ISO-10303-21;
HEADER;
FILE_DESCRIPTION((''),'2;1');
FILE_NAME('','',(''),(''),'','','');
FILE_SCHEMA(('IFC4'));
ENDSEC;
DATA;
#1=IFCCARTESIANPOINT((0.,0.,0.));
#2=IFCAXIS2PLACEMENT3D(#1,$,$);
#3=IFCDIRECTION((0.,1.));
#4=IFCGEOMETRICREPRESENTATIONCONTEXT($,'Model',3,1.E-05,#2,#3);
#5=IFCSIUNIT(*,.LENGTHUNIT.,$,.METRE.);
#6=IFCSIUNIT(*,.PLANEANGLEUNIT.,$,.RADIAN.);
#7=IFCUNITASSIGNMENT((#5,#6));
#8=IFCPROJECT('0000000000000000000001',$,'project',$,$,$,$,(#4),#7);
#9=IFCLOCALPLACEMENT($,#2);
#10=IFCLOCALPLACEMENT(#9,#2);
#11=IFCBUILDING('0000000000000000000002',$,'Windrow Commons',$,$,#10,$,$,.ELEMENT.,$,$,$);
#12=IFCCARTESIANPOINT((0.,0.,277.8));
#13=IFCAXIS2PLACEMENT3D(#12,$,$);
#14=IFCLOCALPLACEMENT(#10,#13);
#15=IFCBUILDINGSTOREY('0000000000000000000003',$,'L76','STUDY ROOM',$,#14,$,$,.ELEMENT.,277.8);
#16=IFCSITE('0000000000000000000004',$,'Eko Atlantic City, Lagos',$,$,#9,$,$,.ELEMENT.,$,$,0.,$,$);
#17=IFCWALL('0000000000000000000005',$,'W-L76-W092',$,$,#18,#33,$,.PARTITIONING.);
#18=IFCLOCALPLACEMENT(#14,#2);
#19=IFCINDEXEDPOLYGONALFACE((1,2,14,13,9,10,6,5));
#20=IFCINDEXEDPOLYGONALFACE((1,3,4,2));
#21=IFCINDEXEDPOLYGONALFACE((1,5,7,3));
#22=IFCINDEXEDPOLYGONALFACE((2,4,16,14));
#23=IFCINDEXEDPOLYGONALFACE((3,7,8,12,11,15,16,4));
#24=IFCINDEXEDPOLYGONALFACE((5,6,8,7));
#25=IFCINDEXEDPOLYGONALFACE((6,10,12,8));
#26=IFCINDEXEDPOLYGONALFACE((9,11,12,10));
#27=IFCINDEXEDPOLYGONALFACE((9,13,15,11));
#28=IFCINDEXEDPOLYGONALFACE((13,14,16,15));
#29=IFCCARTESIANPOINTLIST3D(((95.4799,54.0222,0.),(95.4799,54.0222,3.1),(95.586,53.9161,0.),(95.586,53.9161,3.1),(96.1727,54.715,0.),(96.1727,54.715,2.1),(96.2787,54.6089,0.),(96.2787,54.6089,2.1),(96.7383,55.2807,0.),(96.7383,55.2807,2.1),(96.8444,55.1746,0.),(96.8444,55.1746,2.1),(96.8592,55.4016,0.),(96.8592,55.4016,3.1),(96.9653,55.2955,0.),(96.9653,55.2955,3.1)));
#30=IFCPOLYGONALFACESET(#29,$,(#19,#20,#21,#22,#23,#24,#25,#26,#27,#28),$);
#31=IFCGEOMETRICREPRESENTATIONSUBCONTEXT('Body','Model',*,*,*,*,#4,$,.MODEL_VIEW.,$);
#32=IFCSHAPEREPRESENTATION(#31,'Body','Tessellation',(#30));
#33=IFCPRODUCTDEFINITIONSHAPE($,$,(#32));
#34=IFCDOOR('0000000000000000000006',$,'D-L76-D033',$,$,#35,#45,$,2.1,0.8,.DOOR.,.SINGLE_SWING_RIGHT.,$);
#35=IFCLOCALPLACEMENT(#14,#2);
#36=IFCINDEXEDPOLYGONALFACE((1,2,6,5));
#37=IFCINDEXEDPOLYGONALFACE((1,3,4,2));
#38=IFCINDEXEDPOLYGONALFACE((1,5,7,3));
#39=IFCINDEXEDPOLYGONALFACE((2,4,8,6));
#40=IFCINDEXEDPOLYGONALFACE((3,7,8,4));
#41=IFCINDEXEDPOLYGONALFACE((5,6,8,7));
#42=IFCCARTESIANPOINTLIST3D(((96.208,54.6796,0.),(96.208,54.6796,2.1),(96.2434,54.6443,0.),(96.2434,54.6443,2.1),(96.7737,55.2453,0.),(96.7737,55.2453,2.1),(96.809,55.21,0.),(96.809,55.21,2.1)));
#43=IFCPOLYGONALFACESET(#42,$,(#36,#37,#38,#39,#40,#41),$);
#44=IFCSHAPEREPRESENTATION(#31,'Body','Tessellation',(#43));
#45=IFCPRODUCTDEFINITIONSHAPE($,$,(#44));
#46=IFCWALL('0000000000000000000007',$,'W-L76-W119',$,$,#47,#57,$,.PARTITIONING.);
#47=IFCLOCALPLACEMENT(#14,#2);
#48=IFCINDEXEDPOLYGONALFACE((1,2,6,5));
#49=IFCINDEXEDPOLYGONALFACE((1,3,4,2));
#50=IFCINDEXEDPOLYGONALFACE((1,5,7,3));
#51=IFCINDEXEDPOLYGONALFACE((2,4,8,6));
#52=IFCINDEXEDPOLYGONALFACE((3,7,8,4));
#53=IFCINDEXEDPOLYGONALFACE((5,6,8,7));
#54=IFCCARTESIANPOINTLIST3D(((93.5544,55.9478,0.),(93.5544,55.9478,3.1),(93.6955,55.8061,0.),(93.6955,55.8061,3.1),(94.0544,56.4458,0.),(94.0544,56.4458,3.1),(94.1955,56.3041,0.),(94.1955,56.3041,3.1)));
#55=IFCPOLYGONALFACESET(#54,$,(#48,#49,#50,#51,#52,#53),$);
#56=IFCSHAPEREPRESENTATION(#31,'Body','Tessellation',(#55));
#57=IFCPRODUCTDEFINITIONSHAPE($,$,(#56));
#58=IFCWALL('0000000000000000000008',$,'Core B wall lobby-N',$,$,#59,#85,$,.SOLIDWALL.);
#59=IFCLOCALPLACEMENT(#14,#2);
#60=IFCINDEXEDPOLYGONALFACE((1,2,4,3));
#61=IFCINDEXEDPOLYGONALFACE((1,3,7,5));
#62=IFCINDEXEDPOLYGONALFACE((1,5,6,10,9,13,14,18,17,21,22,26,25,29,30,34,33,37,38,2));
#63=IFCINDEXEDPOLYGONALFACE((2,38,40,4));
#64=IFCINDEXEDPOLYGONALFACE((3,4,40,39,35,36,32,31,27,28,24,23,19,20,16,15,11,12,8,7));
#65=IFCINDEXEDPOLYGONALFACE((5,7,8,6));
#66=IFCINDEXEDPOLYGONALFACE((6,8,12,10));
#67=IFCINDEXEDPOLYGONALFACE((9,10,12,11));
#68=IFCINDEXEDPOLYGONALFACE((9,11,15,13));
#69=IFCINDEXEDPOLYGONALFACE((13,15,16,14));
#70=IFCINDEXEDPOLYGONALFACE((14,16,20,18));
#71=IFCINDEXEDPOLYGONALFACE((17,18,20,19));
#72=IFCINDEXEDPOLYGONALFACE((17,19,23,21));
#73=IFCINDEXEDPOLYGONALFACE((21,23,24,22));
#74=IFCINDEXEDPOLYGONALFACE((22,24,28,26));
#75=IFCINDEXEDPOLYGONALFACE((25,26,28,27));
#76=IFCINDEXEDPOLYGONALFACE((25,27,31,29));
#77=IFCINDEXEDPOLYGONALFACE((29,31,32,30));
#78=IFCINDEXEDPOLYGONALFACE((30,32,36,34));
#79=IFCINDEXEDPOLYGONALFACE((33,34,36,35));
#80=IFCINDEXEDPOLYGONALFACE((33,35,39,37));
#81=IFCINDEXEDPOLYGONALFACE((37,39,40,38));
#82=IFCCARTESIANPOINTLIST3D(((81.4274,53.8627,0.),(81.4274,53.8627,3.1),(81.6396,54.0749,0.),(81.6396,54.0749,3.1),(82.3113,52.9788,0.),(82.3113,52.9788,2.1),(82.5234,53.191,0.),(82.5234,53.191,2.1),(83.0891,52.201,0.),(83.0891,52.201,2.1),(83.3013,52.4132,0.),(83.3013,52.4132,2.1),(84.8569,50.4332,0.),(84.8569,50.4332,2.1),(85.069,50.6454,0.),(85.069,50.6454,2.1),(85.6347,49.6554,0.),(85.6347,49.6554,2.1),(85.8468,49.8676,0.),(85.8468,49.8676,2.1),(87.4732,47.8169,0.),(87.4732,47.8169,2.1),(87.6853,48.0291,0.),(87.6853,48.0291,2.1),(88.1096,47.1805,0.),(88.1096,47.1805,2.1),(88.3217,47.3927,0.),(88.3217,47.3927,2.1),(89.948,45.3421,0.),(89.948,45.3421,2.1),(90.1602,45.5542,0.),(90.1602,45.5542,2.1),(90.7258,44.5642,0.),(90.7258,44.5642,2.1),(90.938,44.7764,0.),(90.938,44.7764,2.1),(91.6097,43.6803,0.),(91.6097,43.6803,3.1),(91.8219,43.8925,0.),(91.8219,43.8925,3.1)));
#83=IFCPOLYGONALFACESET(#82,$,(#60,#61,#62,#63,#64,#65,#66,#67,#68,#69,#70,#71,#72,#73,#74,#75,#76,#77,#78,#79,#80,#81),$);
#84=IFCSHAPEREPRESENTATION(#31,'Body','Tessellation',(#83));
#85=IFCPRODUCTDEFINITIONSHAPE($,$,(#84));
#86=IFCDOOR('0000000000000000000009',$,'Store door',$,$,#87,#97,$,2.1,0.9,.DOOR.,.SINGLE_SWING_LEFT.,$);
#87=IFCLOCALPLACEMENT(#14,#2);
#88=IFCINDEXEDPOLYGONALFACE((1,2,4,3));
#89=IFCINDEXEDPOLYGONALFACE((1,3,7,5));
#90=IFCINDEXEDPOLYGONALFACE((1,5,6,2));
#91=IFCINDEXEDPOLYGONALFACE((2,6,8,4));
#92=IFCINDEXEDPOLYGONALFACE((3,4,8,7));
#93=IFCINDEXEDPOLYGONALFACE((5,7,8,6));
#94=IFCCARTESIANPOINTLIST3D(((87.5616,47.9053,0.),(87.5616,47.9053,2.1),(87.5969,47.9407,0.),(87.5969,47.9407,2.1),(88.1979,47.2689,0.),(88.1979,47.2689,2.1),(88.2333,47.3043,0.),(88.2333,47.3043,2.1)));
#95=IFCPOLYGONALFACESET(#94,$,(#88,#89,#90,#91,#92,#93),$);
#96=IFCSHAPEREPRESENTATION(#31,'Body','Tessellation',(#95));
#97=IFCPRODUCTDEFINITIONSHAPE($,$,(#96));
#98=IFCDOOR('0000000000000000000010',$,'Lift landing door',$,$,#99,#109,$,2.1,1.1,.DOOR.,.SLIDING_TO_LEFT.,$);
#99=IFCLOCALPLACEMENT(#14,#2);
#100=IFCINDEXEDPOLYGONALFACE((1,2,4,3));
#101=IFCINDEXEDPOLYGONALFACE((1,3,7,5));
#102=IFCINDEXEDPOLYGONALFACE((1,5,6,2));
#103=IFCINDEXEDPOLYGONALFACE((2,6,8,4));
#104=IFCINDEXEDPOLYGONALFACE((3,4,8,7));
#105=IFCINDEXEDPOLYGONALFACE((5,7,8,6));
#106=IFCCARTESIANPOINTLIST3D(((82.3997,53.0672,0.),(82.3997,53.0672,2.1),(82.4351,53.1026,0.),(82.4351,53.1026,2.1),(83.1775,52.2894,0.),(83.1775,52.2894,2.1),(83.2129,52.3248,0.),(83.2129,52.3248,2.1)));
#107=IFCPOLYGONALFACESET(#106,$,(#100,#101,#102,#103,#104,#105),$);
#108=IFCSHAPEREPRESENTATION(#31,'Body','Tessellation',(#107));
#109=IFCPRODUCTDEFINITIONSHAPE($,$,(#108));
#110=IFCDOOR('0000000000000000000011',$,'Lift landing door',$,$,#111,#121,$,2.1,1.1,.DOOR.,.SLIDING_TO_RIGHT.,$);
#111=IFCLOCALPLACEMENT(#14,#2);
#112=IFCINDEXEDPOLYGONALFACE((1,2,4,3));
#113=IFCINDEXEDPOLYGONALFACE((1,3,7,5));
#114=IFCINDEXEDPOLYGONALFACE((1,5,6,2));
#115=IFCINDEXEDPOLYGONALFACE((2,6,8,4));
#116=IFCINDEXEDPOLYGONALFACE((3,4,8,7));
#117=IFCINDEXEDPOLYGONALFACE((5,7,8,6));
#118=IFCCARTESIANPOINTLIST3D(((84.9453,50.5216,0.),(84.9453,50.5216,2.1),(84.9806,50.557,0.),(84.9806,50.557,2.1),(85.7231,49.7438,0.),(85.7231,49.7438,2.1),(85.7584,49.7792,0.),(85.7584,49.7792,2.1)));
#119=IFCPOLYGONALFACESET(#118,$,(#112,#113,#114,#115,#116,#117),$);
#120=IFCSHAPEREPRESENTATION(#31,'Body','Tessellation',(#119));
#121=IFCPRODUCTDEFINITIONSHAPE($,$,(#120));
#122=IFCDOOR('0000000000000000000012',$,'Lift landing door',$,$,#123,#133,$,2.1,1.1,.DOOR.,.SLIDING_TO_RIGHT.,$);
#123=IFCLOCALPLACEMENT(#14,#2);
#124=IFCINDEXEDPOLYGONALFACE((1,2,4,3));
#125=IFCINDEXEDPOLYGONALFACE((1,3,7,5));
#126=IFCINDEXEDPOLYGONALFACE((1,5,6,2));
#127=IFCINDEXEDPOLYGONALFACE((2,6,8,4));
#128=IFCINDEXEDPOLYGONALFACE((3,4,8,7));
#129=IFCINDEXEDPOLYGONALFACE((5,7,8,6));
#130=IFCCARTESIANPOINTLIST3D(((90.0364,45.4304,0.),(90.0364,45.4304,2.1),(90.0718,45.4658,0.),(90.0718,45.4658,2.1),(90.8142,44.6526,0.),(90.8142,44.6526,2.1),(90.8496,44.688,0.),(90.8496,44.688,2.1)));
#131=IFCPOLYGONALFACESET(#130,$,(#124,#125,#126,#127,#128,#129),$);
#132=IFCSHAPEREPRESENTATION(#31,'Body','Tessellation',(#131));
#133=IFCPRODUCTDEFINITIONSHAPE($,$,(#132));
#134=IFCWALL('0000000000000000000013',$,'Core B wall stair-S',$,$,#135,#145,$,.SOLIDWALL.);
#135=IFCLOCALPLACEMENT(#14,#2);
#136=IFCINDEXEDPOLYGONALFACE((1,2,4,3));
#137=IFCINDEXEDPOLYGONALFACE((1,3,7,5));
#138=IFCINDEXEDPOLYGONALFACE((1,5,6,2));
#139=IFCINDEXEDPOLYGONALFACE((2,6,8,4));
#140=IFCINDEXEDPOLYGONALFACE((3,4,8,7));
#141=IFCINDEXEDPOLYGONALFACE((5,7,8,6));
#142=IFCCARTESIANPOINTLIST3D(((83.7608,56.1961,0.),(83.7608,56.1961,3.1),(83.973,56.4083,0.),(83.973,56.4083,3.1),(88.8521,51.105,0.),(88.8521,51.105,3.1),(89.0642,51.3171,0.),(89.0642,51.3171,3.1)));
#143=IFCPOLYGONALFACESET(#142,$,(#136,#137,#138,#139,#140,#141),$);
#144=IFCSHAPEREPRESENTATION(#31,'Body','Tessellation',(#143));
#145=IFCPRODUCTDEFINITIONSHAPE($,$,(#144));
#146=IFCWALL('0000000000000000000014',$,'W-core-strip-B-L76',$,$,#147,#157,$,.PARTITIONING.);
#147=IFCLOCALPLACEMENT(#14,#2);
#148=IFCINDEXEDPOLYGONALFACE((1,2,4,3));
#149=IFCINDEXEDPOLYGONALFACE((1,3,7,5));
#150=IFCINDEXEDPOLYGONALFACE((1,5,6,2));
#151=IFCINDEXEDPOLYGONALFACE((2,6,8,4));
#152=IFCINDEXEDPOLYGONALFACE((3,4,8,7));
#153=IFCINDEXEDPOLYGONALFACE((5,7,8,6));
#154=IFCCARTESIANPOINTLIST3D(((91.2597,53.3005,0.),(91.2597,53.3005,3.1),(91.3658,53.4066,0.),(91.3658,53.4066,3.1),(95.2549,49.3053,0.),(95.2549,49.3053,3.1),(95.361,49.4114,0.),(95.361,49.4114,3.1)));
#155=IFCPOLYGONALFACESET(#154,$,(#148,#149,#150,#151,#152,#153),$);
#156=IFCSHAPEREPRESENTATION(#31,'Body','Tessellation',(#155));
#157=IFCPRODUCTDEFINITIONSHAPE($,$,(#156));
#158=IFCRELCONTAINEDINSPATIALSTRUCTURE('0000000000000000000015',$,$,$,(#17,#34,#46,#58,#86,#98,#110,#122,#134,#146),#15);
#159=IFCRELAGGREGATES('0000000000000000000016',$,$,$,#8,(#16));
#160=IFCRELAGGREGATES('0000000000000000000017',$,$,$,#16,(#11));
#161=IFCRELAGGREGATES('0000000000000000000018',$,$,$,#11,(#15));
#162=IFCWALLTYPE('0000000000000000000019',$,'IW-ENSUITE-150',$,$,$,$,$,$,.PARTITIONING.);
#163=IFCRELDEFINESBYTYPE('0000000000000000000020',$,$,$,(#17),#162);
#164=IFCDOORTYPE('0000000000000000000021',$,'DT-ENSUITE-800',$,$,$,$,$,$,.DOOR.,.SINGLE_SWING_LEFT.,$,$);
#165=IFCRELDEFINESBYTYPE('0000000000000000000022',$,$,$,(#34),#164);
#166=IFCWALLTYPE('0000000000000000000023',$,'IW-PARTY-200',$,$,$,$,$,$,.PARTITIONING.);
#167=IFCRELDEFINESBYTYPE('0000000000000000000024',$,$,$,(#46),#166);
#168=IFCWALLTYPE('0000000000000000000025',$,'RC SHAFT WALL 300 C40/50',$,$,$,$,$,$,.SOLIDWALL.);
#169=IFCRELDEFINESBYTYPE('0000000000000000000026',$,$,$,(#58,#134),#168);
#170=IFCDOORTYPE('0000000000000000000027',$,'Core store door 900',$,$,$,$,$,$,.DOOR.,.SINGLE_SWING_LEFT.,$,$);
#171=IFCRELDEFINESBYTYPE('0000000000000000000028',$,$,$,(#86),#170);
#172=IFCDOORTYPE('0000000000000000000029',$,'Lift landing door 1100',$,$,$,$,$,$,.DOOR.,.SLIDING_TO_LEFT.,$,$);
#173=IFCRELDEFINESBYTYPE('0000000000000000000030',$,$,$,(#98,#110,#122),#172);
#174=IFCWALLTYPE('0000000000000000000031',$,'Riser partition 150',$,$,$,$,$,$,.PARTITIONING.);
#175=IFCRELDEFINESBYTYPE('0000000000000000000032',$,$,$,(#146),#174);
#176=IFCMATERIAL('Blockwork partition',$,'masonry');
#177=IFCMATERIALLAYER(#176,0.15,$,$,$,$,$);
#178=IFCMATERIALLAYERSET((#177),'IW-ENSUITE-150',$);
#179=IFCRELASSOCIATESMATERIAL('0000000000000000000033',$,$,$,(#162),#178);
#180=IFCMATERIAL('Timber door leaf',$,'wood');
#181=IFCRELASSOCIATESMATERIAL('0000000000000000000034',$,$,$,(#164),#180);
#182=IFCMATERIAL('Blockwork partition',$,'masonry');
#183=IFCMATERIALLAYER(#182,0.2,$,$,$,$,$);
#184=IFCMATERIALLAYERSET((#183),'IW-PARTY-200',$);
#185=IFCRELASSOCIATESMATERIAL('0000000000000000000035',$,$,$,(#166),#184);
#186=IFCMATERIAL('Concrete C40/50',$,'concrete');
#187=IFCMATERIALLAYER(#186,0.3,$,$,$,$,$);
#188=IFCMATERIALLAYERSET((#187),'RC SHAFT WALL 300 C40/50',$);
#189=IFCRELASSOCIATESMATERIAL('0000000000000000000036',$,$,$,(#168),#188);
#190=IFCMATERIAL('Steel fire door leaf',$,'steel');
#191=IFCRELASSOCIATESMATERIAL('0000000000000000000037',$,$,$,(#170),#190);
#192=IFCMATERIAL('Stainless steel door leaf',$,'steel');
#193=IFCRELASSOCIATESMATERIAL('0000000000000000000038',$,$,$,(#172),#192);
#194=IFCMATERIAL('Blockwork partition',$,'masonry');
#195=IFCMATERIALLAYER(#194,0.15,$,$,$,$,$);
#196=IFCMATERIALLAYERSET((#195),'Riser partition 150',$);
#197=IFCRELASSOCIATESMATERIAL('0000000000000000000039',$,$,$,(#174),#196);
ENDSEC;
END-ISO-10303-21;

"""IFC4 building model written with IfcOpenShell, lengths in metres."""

from ifc_helpers import new_model, si_unit, direction, frame, frame_2d, origin, place, context, subcontext, project, spatial, rectangle, extrude, material, layer, layer_set, type_object, element, fill, save


model = new_model("IFC4")

# Units and contexts
model_context = context("Model", 3, precision=1e-05, world=origin(), true_north=direction((0.0, 1.0)))
body_context = subcontext(model_context, "Body", "Model", "MODEL_VIEW")
ifc_project = project(units=[si_unit("LENGTHUNIT", "METRE"), si_unit("PLANEANGLEUNIT", "RADIAN")], contexts=[model_context])

# Site, building, storey
site_placement = place(None, origin())
site = spatial("IfcSite", under=ifc_project, at=site_placement, Name="Eko Atlantic City, Lagos", CompositionType="ELEMENT", RefElevation=0.0)
building_placement = place(site_placement, origin())
building = spatial("IfcBuilding", under=site, at=building_placement, Name="Windrow Commons", CompositionType="ELEMENT")
storey_placement = place(building_placement, frame((0.0, 0.0, 277.8)))
storey = spatial("IfcBuildingStorey", under=building, at=storey_placement, Name="L76", Description="STUDY ROOM", CompositionType="ELEMENT", Elevation=277.8)

# Shared definitions
ifc_material_1 = material(Name="Blockwork partition", Category="masonry")
ifc_layer_1 = layer(ifc_material_1, 0.15)
ifc_layer_set_1 = layer_set([ifc_layer_1], Name="IW-ENSUITE-150")
wall_type_1 = type_object("IfcWallType", Name="IW-ENSUITE-150", PredefinedType="PARTITIONING", material=ifc_layer_set_1)

# Wall, opening, door
wall_1_placement = place(storey_placement, frame((95.5329, 53.9691, 0.0), z_axis=(0.0, 0.0, 1.0), x_axis=(0.707081, 0.707132, 0.0)))
wall_1 = element("IfcWall", 1, at=wall_1_placement, inside=storey, type_object=wall_type_1, Name="W-L76-W092", PredefinedType="PARTITIONING", context=body_context, shape_type="SweptSolid", body=[
    extrude(rectangle(XDim=1.9507, YDim=0.15, at=frame_2d((0.9754, 0.0))), origin(), (0.0, 0.0, 1.0), 3.1),
])
opening_1_placement = place(wall_1_placement, frame((0.9798, 0.0, 0.0)))
opening_1 = element("IfcOpeningElement", 2, at=opening_1_placement, cuts=wall_1, PredefinedType="OPENING", context=body_context, shape_type="SweptSolid", body=[
    extrude(rectangle(XDim=0.8, YDim=2.1, at=frame_2d((0.4, 1.05))), frame((0.0, 0.085, 0.0), z_axis=(0.0, -1.0, 0.0), x_axis=(1.0, 0.0, 0.0)), (0.0, 0.0, 1.0), 0.17),
])
ifc_material_2 = material(Name="Timber door leaf", Category="wood")
door_type_1 = type_object("IfcDoorType", Name="DT-ENSUITE-800", OperationType="SINGLE_SWING_LEFT", PredefinedType="DOOR", material=ifc_material_2)
door_1_placement = place(opening_1_placement, origin())
door_1 = element("IfcDoor", 3, at=door_1_placement, inside=storey, type_object=door_type_1, Name="D-L76-D033", OperationType="SINGLE_SWING_RIGHT", OverallHeight=2.1, OverallWidth=0.8, PredefinedType="DOOR", context=body_context, shape_type="SweptSolid", body=[
    extrude(rectangle(XDim=0.8, YDim=2.1, at=frame_2d((0.4, 1.05))), frame((0.0, 0.025, 0.0), z_axis=(0.0, -1.0, 0.0), x_axis=(1.0, 0.0, 0.0)), (0.0, 0.0, 1.0), 0.05),
])
fill(opening_1, door_1)

# Wall
ifc_material_3 = material(Name="Blockwork partition", Category="masonry")
ifc_layer_2 = layer(ifc_material_3, 0.2)
ifc_layer_set_2 = layer_set([ifc_layer_2], Name="IW-PARTY-200")
wall_type_2 = type_object("IfcWallType", Name="IW-PARTY-200", PredefinedType="PARTITIONING", material=ifc_layer_set_2)
wall_2_placement = place(storey_placement, frame((93.625, 55.877, 0.0), z_axis=(0.0, 0.0, 1.0), x_axis=(0.708522, 0.705688, 0.0)))
element("IfcWall", 4, at=wall_2_placement, inside=storey, type_object=wall_type_2, Name="W-L76-W119", PredefinedType="PARTITIONING", context=body_context, shape_type="SweptSolid", body=[
    extrude(rectangle(XDim=0.7057, YDim=0.2, at=frame_2d((0.3528, 0.0))), origin(), (0.0, 0.0, 1.0), 3.1),
])

# Wall, openings, doors
ifc_material_4 = material(Name="Concrete C40/50", Category="concrete")
ifc_layer_3 = layer(ifc_material_4, 0.3)
ifc_layer_set_3 = layer_set([ifc_layer_3], Name="RC SHAFT WALL 300 C40/50")
wall_type_3 = type_object("IfcWallType", Name="RC SHAFT WALL 300 C40/50", PredefinedType="SOLIDWALL", material=ifc_layer_set_3)
wall_3_placement = place(storey_placement, frame((81.5335, 53.9688, 0.0), z_axis=(0.0, 0.0, 1.0), x_axis=(0.707103, -0.70711, 0.0)))
wall_3 = element("IfcWall", 5, at=wall_3_placement, inside=storey, type_object=wall_type_3, Name="Core B wall lobby-N", PredefinedType="SOLIDWALL", context=body_context, shape_type="SweptSolid", body=[
    extrude(rectangle(XDim=14.4, YDim=0.3, at=frame_2d((7.2, 0.0))), origin(), (0.0, 0.0, 1.0), 3.1),
])
opening_2_placement = place(wall_3_placement, frame((8.55, 0.0, 0.0)))
opening_2 = element("IfcOpeningElement", 6, at=opening_2_placement, cuts=wall_3, PredefinedType="OPENING", context=body_context, shape_type="SweptSolid", body=[
    extrude(rectangle(XDim=0.9, YDim=2.1, at=frame_2d((0.45, 1.05))), frame((0.0, 0.16, 0.0), z_axis=(0.0, -1.0, 0.0), x_axis=(1.0, 0.0, 0.0)), (0.0, 0.0, 1.0), 0.32),
])
opening_3_placement = place(wall_3_placement, frame((1.25, 0.0, 0.0)))
opening_3 = element("IfcOpeningElement", 7, at=opening_3_placement, cuts=wall_3, PredefinedType="OPENING", context=body_context, shape_type="SweptSolid", body=[
    extrude(rectangle(XDim=1.1, YDim=2.1, at=frame_2d((0.55, 1.05))), frame((0.0, 0.16, 0.0), z_axis=(0.0, -1.0, 0.0), x_axis=(1.0, 0.0, 0.0)), (0.0, 0.0, 1.0), 0.32),
])
opening_4_placement = place(wall_3_placement, frame((4.85, 0.0, 0.0)))
opening_4 = element("IfcOpeningElement", 8, at=opening_4_placement, cuts=wall_3, PredefinedType="OPENING", context=body_context, shape_type="SweptSolid", body=[
    extrude(rectangle(XDim=1.1, YDim=2.1, at=frame_2d((0.55, 1.05))), frame((0.0, 0.16, 0.0), z_axis=(0.0, -1.0, 0.0), x_axis=(1.0, 0.0, 0.0)), (0.0, 0.0, 1.0), 0.32),
])
opening_5_placement = place(wall_3_placement, frame((12.05, 0.0, 0.0)))
opening_5 = element("IfcOpeningElement", 9, at=opening_5_placement, cuts=wall_3, PredefinedType="OPENING", context=body_context, shape_type="SweptSolid", body=[
    extrude(rectangle(XDim=1.1, YDim=2.1, at=frame_2d((0.55, 1.05))), frame((0.0, 0.16, 0.0), z_axis=(0.0, -1.0, 0.0), x_axis=(1.0, 0.0, 0.0)), (0.0, 0.0, 1.0), 0.32),
])
ifc_material_5 = material(Name="Steel fire door leaf", Category="steel")
door_type_2 = type_object("IfcDoorType", Name="Core store door 900", OperationType="SINGLE_SWING_LEFT", PredefinedType="DOOR", material=ifc_material_5)
door_2_placement = place(opening_2_placement, origin())
door_2 = element("IfcDoor", 10, at=door_2_placement, inside=storey, type_object=door_type_2, Name="Store door", OperationType="SINGLE_SWING_LEFT", OverallHeight=2.1, OverallWidth=0.9, PredefinedType="DOOR", context=body_context, shape_type="SweptSolid", body=[
    extrude(rectangle(XDim=0.9, YDim=2.1, at=frame_2d((0.45, 1.05))), frame((0.0, 0.025, 0.0), z_axis=(0.0, -1.0, 0.0), x_axis=(1.0, 0.0, 0.0)), (0.0, 0.0, 1.0), 0.05),
])
fill(opening_2, door_2)
ifc_material_6 = material(Name="Stainless steel door leaf", Category="steel")
door_type_3 = type_object("IfcDoorType", Name="Lift landing door 1100", OperationType="SLIDING_TO_LEFT", PredefinedType="DOOR", material=ifc_material_6)
door_3_placement = place(opening_3_placement, origin())
door_3 = element("IfcDoor", 11, at=door_3_placement, inside=storey, type_object=door_type_3, Name="Lift landing door", OperationType="SLIDING_TO_LEFT", OverallHeight=2.1, OverallWidth=1.1, PredefinedType="DOOR", context=body_context, shape_type="SweptSolid", body=[
    extrude(rectangle(XDim=1.1, YDim=2.1, at=frame_2d((0.55, 1.05))), frame((0.0, 0.025, 0.0), z_axis=(0.0, -1.0, 0.0), x_axis=(1.0, 0.0, 0.0)), (0.0, 0.0, 1.0), 0.05),
])
fill(opening_3, door_3)
door_4_placement = place(opening_4_placement, origin())
door_4 = element("IfcDoor", 12, at=door_4_placement, inside=storey, type_object=door_type_3, Name="Lift landing door", OperationType="SLIDING_TO_RIGHT", OverallHeight=2.1, OverallWidth=1.1, PredefinedType="DOOR", context=body_context, shape_type="SweptSolid", body=[
    extrude(rectangle(XDim=1.1, YDim=2.1, at=frame_2d((0.55, 1.05))), frame((0.0, 0.025, 0.0), z_axis=(0.0, -1.0, 0.0), x_axis=(1.0, 0.0, 0.0)), (0.0, 0.0, 1.0), 0.05),
])
fill(opening_4, door_4)
door_5_placement = place(opening_5_placement, origin())
door_5 = element("IfcDoor", 13, at=door_5_placement, inside=storey, type_object=door_type_3, Name="Lift landing door", OperationType="SLIDING_TO_RIGHT", OverallHeight=2.1, OverallWidth=1.1, PredefinedType="DOOR", context=body_context, shape_type="SweptSolid", body=[
    extrude(rectangle(XDim=1.1, YDim=2.1, at=frame_2d((0.55, 1.05))), frame((0.0, 0.025, 0.0), z_axis=(0.0, -1.0, 0.0), x_axis=(1.0, 0.0, 0.0)), (0.0, 0.0, 1.0), 0.05),
])
fill(opening_5, door_5)

# Walls
wall_4_placement = place(storey_placement, frame((83.8669, 56.3022, 0.0), z_axis=(0.0, 0.0, 1.0), x_axis=(0.707114, -0.7071, 0.0)))
element("IfcWall", 14, at=wall_4_placement, inside=storey, type_object=wall_type_3, Name="Core B wall stair-S", PredefinedType="SOLIDWALL", context=body_context, shape_type="SweptSolid", body=[
    extrude(rectangle(XDim=7.2, YDim=0.3, at=frame_2d((3.6, 0.0))), origin(), (0.0, 0.0, 1.0), 3.1),
])
ifc_material_7 = material(Name="Blockwork partition", Category="masonry")
ifc_layer_4 = layer(ifc_material_7, 0.15)
ifc_layer_set_4 = layer_set([ifc_layer_4], Name="Riser partition 150")
wall_type_4 = type_object("IfcWallType", Name="Riser partition 150", PredefinedType="PARTITIONING", material=ifc_layer_set_4)
wall_5_placement = place(storey_placement, frame((91.3127, 53.3536, 0.0), z_axis=(0.0, 0.0, 1.0), x_axis=(0.707107, -0.707107, 0.0)))
element("IfcWall", 15, at=wall_5_placement, inside=storey, type_object=wall_type_4, Name="W-core-strip-B-L76", PredefinedType="PARTITIONING", context=body_context, shape_type="SweptSolid", body=[
    extrude(rectangle(XDim=5.6501, YDim=0.15, at=frame_2d((2.8251, 0.0))), origin(), (0.0, 0.0, 1.0), 3.1),
])

save(model, "model.ifc")
